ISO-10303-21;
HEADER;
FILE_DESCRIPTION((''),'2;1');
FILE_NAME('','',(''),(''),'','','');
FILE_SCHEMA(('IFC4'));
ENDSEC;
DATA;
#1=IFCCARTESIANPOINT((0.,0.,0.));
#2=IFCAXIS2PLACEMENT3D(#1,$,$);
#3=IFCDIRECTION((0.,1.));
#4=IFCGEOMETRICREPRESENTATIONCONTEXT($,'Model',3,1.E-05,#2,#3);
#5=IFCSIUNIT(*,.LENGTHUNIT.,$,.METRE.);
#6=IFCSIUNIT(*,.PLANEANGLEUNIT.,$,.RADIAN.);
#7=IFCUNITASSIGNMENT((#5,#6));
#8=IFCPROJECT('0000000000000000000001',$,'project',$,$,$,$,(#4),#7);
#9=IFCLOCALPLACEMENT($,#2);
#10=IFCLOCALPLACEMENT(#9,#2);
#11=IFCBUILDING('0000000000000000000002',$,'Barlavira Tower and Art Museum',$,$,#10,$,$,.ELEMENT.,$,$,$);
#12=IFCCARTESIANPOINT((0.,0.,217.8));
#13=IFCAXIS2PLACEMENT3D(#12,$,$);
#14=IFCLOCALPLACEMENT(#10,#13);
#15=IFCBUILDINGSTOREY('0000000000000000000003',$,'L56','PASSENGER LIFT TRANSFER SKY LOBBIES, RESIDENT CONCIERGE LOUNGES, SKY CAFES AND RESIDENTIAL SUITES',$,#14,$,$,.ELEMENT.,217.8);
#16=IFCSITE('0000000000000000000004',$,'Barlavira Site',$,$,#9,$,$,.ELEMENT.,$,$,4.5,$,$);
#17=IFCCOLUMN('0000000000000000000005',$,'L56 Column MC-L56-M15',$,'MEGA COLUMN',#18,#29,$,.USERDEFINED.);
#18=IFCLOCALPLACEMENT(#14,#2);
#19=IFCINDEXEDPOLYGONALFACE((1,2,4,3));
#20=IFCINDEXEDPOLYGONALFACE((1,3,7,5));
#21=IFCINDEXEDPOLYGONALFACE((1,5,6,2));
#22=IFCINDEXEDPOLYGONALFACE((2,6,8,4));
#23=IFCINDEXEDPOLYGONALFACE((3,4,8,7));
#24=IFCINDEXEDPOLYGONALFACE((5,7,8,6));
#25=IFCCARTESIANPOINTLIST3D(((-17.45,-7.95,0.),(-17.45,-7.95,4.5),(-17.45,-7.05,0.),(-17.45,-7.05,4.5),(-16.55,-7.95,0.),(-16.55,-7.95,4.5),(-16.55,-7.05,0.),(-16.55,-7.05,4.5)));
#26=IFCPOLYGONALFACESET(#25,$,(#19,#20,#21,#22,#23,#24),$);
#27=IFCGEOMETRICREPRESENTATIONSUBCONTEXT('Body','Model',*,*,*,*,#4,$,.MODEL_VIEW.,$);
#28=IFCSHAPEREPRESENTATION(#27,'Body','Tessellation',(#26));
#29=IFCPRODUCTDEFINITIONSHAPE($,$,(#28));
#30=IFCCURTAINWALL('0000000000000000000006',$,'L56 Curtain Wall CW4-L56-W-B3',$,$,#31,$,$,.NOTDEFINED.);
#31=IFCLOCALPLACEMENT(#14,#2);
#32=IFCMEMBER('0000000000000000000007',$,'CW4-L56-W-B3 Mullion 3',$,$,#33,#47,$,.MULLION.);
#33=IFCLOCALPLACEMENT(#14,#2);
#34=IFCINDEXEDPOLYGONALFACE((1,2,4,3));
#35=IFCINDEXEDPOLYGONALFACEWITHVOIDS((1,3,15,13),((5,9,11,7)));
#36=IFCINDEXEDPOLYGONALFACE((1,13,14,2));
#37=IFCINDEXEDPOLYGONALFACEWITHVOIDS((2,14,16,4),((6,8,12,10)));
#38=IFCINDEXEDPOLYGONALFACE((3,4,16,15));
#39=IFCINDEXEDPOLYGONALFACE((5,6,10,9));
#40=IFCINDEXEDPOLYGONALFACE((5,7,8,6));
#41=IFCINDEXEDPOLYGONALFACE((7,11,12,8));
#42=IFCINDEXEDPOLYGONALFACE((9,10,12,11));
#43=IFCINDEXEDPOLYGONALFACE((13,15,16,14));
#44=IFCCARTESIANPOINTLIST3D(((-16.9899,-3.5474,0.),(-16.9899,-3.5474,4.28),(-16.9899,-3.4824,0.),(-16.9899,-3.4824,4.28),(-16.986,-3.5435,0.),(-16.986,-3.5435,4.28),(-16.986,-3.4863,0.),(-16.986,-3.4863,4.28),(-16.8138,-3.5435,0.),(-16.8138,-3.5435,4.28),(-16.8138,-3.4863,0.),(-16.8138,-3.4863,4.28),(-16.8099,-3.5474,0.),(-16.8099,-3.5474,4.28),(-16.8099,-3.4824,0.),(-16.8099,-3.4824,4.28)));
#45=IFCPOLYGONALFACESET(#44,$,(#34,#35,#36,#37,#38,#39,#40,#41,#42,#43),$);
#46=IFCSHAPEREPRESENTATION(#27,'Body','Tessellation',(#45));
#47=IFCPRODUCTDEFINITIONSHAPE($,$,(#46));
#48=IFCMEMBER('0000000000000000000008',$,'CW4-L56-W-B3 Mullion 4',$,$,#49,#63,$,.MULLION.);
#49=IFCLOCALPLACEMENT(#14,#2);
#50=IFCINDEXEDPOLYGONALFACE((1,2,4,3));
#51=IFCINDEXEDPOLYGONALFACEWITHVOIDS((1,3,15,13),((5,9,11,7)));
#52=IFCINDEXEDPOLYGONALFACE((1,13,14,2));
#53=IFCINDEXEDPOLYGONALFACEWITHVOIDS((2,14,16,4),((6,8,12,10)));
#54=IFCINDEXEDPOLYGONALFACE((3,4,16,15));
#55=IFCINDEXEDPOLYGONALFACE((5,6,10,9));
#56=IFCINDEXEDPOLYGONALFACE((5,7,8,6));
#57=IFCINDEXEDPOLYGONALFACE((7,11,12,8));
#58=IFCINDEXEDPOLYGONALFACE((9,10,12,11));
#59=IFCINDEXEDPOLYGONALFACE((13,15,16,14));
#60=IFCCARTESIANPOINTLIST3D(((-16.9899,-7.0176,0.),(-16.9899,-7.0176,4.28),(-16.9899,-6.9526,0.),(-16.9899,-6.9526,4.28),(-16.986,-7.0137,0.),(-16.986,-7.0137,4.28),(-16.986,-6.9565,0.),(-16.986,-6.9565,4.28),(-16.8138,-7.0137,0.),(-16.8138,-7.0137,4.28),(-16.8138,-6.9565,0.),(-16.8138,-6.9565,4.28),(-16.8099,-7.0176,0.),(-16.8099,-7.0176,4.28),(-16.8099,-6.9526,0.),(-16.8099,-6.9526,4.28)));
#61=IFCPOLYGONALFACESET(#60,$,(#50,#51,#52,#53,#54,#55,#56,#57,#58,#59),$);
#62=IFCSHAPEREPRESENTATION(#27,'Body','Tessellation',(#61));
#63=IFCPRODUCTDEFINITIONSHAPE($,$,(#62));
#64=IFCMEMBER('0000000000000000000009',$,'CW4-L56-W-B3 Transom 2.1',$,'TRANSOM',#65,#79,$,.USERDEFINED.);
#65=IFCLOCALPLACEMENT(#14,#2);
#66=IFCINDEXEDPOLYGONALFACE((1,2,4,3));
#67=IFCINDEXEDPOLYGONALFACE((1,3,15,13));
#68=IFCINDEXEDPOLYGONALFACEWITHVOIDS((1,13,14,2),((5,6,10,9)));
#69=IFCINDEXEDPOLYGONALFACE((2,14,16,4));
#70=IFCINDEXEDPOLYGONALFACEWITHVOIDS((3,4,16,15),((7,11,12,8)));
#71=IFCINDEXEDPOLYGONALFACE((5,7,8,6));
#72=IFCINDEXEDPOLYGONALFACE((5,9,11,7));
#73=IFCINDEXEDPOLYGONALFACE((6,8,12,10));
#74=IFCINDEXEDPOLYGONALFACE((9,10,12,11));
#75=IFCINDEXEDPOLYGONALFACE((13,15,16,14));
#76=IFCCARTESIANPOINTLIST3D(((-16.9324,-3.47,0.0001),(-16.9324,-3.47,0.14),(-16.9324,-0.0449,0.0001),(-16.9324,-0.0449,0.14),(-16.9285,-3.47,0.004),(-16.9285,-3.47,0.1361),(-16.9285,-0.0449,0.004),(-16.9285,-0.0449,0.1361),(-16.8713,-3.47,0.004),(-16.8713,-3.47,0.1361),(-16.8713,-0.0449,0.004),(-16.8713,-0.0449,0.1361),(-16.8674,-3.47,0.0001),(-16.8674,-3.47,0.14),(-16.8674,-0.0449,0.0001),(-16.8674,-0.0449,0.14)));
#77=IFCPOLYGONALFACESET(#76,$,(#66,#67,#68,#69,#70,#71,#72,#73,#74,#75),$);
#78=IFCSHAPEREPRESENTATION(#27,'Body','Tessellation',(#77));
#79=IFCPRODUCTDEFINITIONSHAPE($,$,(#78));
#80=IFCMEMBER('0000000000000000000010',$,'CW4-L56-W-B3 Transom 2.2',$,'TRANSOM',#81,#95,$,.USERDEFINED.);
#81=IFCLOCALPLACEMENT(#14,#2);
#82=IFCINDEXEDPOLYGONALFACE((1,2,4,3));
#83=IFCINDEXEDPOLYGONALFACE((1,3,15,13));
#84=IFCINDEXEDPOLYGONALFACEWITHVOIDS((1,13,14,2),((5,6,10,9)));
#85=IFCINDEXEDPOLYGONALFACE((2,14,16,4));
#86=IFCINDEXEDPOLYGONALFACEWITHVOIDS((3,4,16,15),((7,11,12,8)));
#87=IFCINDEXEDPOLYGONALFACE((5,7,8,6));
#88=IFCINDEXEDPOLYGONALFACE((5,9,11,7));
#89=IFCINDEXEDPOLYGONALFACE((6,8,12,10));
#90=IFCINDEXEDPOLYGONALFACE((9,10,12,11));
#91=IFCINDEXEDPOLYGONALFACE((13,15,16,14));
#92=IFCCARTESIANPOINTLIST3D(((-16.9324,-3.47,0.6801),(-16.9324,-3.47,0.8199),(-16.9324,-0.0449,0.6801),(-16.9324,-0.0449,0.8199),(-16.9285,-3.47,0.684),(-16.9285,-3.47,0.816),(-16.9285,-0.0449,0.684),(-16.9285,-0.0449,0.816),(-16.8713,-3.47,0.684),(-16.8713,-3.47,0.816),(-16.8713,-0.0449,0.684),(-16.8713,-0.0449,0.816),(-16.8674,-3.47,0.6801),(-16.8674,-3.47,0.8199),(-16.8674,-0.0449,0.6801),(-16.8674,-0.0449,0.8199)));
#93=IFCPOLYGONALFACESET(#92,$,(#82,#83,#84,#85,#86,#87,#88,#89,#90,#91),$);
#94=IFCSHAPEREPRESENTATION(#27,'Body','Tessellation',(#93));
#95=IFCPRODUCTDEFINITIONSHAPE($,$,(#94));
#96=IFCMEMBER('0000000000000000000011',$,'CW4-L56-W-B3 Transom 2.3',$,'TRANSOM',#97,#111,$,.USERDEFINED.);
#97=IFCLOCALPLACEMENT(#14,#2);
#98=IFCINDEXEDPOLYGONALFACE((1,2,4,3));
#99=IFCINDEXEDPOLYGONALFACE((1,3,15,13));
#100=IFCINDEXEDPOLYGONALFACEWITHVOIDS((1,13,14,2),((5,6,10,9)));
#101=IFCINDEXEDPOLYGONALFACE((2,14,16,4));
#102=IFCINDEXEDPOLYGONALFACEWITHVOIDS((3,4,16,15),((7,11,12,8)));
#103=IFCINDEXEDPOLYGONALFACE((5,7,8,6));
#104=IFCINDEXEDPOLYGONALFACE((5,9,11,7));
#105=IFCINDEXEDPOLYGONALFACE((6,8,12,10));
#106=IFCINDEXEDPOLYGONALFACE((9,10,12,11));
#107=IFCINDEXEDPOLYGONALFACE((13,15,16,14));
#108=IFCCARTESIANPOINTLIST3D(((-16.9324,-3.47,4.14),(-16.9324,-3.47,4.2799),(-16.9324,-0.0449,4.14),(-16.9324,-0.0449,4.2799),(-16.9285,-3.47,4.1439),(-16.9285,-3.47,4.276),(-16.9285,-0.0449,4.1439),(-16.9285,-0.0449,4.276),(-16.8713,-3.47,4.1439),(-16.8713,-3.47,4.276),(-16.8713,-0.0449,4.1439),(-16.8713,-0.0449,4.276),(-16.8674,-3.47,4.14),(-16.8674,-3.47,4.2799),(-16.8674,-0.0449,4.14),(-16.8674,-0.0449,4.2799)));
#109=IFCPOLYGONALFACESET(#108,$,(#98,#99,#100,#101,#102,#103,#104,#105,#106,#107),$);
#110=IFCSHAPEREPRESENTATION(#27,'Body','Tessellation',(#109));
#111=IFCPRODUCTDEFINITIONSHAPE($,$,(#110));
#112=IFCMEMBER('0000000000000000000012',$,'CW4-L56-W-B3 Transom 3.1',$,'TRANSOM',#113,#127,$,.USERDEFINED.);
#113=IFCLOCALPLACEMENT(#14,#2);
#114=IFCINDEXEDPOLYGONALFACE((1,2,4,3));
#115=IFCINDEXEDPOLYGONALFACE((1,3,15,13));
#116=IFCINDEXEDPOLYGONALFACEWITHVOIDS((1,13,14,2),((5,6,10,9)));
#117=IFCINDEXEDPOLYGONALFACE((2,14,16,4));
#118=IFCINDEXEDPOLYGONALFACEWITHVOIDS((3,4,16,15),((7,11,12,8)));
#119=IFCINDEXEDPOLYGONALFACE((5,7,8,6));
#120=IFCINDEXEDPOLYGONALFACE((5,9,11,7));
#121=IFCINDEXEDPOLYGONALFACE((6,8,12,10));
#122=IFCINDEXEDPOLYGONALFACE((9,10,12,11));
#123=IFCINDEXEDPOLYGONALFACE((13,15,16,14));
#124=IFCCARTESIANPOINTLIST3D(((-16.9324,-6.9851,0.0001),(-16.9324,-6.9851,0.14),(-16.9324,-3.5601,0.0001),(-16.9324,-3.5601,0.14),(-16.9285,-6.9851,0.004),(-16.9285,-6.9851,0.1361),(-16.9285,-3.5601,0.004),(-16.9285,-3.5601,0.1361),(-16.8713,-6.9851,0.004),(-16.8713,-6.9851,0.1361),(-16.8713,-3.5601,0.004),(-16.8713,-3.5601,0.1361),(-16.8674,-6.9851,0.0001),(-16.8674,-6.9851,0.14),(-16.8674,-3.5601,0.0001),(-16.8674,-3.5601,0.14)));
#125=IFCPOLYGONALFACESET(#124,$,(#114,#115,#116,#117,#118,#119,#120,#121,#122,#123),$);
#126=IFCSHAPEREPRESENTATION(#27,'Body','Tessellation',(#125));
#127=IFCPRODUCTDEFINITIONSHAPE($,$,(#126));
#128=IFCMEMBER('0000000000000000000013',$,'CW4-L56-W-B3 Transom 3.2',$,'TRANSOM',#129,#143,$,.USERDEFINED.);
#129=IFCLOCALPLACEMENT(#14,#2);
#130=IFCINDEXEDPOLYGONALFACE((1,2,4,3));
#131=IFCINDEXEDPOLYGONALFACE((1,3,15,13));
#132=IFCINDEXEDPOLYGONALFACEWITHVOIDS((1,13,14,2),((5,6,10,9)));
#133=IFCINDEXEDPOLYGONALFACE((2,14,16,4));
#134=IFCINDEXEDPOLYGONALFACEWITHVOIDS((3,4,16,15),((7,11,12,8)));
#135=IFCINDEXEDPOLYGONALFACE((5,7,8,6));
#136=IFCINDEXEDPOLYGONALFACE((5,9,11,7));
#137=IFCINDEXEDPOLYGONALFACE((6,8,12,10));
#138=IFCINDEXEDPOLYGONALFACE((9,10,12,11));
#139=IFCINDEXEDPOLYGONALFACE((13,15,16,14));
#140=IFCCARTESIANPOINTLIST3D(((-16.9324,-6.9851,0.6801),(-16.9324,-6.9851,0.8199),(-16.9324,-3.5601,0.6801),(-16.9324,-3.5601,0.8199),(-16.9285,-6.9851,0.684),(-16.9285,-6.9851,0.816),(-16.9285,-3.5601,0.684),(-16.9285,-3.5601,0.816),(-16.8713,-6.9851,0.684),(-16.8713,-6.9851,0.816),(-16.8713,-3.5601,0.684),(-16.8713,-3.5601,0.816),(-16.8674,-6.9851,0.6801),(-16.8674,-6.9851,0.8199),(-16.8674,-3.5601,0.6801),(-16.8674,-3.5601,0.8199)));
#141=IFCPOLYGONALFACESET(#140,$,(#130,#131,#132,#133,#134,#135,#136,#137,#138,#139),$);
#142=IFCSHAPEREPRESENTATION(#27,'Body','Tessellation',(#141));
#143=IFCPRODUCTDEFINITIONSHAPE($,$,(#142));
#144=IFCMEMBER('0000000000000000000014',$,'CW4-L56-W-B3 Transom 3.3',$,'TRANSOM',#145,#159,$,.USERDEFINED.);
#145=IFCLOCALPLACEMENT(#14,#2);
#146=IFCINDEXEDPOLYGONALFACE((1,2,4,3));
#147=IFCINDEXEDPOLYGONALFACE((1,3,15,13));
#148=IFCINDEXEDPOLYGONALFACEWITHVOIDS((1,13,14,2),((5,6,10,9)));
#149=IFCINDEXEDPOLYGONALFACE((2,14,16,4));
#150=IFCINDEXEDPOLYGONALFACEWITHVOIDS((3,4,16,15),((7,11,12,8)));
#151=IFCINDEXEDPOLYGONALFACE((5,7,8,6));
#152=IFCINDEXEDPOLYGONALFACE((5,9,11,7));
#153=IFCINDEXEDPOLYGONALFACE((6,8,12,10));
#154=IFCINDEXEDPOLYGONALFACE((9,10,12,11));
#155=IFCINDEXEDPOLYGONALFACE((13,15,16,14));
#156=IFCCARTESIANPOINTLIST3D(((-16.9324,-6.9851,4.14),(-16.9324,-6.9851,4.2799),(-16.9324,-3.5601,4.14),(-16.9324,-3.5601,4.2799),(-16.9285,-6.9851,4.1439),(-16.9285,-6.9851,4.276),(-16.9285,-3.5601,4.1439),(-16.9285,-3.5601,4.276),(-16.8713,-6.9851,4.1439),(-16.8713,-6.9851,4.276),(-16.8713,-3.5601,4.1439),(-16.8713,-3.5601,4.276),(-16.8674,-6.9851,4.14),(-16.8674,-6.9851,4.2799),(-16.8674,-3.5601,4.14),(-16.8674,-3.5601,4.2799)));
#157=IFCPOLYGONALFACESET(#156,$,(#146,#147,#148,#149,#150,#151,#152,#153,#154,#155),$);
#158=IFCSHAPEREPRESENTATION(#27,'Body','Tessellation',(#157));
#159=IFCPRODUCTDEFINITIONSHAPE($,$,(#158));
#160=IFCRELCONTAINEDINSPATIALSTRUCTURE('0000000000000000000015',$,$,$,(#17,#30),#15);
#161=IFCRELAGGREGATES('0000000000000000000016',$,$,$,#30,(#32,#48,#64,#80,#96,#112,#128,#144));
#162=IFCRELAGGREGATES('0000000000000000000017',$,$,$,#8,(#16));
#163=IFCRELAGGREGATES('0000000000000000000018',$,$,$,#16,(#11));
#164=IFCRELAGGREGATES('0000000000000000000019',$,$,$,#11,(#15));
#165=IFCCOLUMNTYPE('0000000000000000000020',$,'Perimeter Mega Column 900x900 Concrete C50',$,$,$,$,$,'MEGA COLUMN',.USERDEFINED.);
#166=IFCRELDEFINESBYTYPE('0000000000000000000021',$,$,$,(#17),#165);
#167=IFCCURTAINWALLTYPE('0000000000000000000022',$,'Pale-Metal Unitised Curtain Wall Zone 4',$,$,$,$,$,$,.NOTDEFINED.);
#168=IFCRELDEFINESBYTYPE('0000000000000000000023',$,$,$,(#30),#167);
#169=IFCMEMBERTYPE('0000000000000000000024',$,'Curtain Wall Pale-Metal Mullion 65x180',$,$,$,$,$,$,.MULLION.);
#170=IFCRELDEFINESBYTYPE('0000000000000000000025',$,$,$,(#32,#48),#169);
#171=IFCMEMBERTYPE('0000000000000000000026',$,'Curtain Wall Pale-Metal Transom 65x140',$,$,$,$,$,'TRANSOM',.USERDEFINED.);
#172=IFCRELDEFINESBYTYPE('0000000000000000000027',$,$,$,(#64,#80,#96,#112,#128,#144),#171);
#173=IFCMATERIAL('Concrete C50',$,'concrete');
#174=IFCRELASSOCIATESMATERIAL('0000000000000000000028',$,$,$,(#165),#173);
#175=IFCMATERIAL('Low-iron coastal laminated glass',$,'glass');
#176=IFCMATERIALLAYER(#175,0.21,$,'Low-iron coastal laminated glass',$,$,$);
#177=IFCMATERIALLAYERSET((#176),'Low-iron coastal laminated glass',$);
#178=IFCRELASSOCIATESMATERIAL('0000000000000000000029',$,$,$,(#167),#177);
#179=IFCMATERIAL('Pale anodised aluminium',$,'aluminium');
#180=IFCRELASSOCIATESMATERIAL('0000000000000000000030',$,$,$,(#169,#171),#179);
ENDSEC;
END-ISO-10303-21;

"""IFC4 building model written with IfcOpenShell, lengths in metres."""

from ifc_helpers import new_model, si_unit, direction, frame, origin, origin_2d, place, context, subcontext, project, spatial, rectangle, hollow_rectangle, extrude, material, layer, layer_set, material_profile, profile_set, type_object, element, aggregate, save


model = new_model("IFC4")

# Units and contexts
model_context = context("Model", 3, precision=1e-05, world=origin(), true_north=direction((0.0, 1.0)))
body_context = subcontext(model_context, "Body", "Model", "MODEL_VIEW")
ifc_project = project(units=[si_unit("LENGTHUNIT", "METRE"), si_unit("PLANEANGLEUNIT", "RADIAN")], contexts=[model_context])

# Site, building, storey
site_placement = place(None, origin())
site = spatial("IfcSite", under=ifc_project, at=site_placement, Name="Barlavira Site", CompositionType="ELEMENT", RefElevation=4.5)
building_placement = place(site_placement, origin())
building = spatial("IfcBuilding", under=site, at=building_placement, Name="Barlavira Tower and Art Museum", CompositionType="ELEMENT")
storey_placement = place(building_placement, frame((0.0, 0.0, 217.8)))
storey = spatial("IfcBuildingStorey", under=building, at=storey_placement, Name="L56", Description="PASSENGER LIFT TRANSFER SKY LOBBIES, RESIDENT CONCIERGE LOUNGES, SKY CAFES AND RESIDENTIAL SUITES", CompositionType="ELEMENT", Elevation=217.8)

# Column
ifc_material_1 = material(Name="Concrete C50", Category="concrete")
ifc_material_profile_1 = material_profile(ifc_material_1, rectangle(XDim=0.8999, YDim=0.8999, at=origin_2d()), Name="RC-COL 900x900")
ifc_profile_set_1 = profile_set([ifc_material_profile_1], Name="Concrete C50")
column_type = type_object("IfcColumnType", Name="Perimeter Mega Column 900x900 Concrete C50", ElementType="MEGA COLUMN", PredefinedType="USERDEFINED", material=ifc_profile_set_1)
column_placement = place(storey_placement, frame((-17.0, -7.5, 0.0), z_axis=(0.0, 0.0, 1.0), x_axis=(1.0, 0.0, 0.0)))
element("IfcColumn", 1, at=column_placement, inside=storey, type_object=column_type, Name="L56 Column MC-L56-M15", ObjectType="MEGA COLUMN", PredefinedType="USERDEFINED", context=body_context, shape_type="SweptSolid", body=[
    extrude(rectangle(XDim=0.8999, YDim=0.8999, at=origin_2d()), origin(), (0.0, 0.0, 1.0), 4.5),
])

# Curtain wall, members
ifc_material_2 = material(Name="Low-iron coastal laminated glass", Category="glass")
ifc_layer_1 = layer(ifc_material_2, 0.21, Name="Low-iron coastal laminated glass")
ifc_layer_set_1 = layer_set([ifc_layer_1], Name="Low-iron coastal laminated glass")
curtain_wall_type = type_object("IfcCurtainWallType", Name="Pale-Metal Unitised Curtain Wall Zone 4", PredefinedType="NOTDEFINED", material=ifc_layer_set_1)
curtain_wall_placement = place(storey_placement, origin())
curtain_wall = element("IfcCurtainWall", 2, at=curtain_wall_placement, inside=storey, type_object=curtain_wall_type, Name="L56 Curtain Wall CW4-L56-W-B3", PredefinedType="NOTDEFINED")
ifc_material_3 = material(Name="Pale anodised aluminium", Category="aluminium")
ifc_material_profile_2 = material_profile(ifc_material_3, hollow_rectangle(XDim=0.0649, YDim=0.1799, WallThickness=0.0039, at=origin_2d()), Name="ALU-MULL 65x180x4")
ifc_profile_set_2 = profile_set([ifc_material_profile_2], Name="Pale anodised aluminium")
member_type_1 = type_object("IfcMemberType", Name="Curtain Wall Pale-Metal Mullion 65x180", PredefinedType="MULLION", material=ifc_profile_set_2)
member_1_placement = place(storey_placement, frame((-16.8999, -3.5149, 0.0), z_axis=(0.0, 0.0, 1.0), x_axis=(0.0, -1.0, 0.0)))
member_1 = element("IfcMember", 3, at=member_1_placement, type_object=member_type_1, Name="CW4-L56-W-B3 Mullion 3", PredefinedType="MULLION", context=body_context, shape_type="SweptSolid", body=[
    extrude(hollow_rectangle(XDim=0.0649, YDim=0.1799, WallThickness=0.0039, at=origin_2d()), origin(), (0.0, 0.0, 1.0), 4.28),
])
member_2_placement = place(storey_placement, frame((-16.8999, -6.9851, 0.0), z_axis=(0.0, 0.0, 1.0), x_axis=(0.0, -1.0, 0.0)))
member_2 = element("IfcMember", 4, at=member_2_placement, type_object=member_type_1, Name="CW4-L56-W-B3 Mullion 4", PredefinedType="MULLION", context=body_context, shape_type="SweptSolid", body=[
    extrude(hollow_rectangle(XDim=0.0649, YDim=0.1799, WallThickness=0.0039, at=origin_2d()), origin(), (0.0, 0.0, 1.0), 4.28),
])
ifc_material_profile_3 = material_profile(ifc_material_3, hollow_rectangle(XDim=0.0649, YDim=0.1399, WallThickness=0.0039, at=origin_2d()), Name="ALU-TRAN 65x140x4")
ifc_profile_set_3 = profile_set([ifc_material_profile_3], Name="Pale anodised aluminium")
member_type_2 = type_object("IfcMemberType", Name="Curtain Wall Pale-Metal Transom 65x140", ElementType="TRANSOM", PredefinedType="USERDEFINED", material=ifc_profile_set_3)
member_3_placement = place(storey_placement, frame((-16.8999, -0.0449, 0.0701), z_axis=(0.0, -1.0, 0.0), x_axis=(1.0, 0.0, 0.0)))
member_3 = element("IfcMember", 5, at=member_3_placement, type_object=member_type_2, Name="CW4-L56-W-B3 Transom 2.1", ObjectType="TRANSOM", PredefinedType="USERDEFINED", context=body_context, shape_type="SweptSolid", body=[
    extrude(hollow_rectangle(XDim=0.0649, YDim=0.1399, WallThickness=0.0039, at=origin_2d()), origin(), (0.0, 0.0, 1.0), 3.425),
])
member_4_placement = place(storey_placement, frame((-16.8999, -0.0449, 0.75), z_axis=(0.0, -1.0, 0.0), x_axis=(1.0, 0.0, 0.0)))
member_4 = element("IfcMember", 6, at=member_4_placement, type_object=member_type_2, Name="CW4-L56-W-B3 Transom 2.2", ObjectType="TRANSOM", PredefinedType="USERDEFINED", context=body_context, shape_type="SweptSolid", body=[
    extrude(hollow_rectangle(XDim=0.0649, YDim=0.1399, WallThickness=0.0039, at=origin_2d()), origin(), (0.0, 0.0, 1.0), 3.425),
])
member_5_placement = place(storey_placement, frame((-16.8999, -0.0449, 4.21), z_axis=(0.0, -1.0, 0.0), x_axis=(1.0, 0.0, 0.0)))
member_5 = element("IfcMember", 7, at=member_5_placement, type_object=member_type_2, Name="CW4-L56-W-B3 Transom 2.3", ObjectType="TRANSOM", PredefinedType="USERDEFINED", context=body_context, shape_type="SweptSolid", body=[
    extrude(hollow_rectangle(XDim=0.0649, YDim=0.1399, WallThickness=0.0039, at=origin_2d()), origin(), (0.0, 0.0, 1.0), 3.425),
])
member_6_placement = place(storey_placement, frame((-16.8999, -3.5601, 0.0701), z_axis=(0.0, -1.0, 0.0), x_axis=(1.0, 0.0, 0.0)))
member_6 = element("IfcMember", 8, at=member_6_placement, type_object=member_type_2, Name="CW4-L56-W-B3 Transom 3.1", ObjectType="TRANSOM", PredefinedType="USERDEFINED", context=body_context, shape_type="SweptSolid", body=[
    extrude(hollow_rectangle(XDim=0.0649, YDim=0.1399, WallThickness=0.0039, at=origin_2d()), origin(), (0.0, 0.0, 1.0), 3.425),
])
member_7_placement = place(storey_placement, frame((-16.8999, -3.5601, 0.75), z_axis=(0.0, -1.0, 0.0), x_axis=(1.0, 0.0, 0.0)))
member_7 = element("IfcMember", 9, at=member_7_placement, type_object=member_type_2, Name="CW4-L56-W-B3 Transom 3.2", ObjectType="TRANSOM", PredefinedType="USERDEFINED", context=body_context, shape_type="SweptSolid", body=[
    extrude(hollow_rectangle(XDim=0.0649, YDim=0.1399, WallThickness=0.0039, at=origin_2d()), origin(), (0.0, 0.0, 1.0), 3.425),
])
member_8_placement = place(storey_placement, frame((-16.8999, -3.5601, 4.21), z_axis=(0.0, -1.0, 0.0), x_axis=(1.0, 0.0, 0.0)))
member_8 = element("IfcMember", 10, at=member_8_placement, type_object=member_type_2, Name="CW4-L56-W-B3 Transom 3.3", ObjectType="TRANSOM", PredefinedType="USERDEFINED", context=body_context, shape_type="SweptSolid", body=[
    extrude(hollow_rectangle(XDim=0.0649, YDim=0.1399, WallThickness=0.0039, at=origin_2d()), origin(), (0.0, 0.0, 1.0), 3.425),
])

aggregate(curtain_wall, [member_1, member_2, member_3, member_4, member_5, member_6, member_7, member_8])

save(model, "model.ifc")
